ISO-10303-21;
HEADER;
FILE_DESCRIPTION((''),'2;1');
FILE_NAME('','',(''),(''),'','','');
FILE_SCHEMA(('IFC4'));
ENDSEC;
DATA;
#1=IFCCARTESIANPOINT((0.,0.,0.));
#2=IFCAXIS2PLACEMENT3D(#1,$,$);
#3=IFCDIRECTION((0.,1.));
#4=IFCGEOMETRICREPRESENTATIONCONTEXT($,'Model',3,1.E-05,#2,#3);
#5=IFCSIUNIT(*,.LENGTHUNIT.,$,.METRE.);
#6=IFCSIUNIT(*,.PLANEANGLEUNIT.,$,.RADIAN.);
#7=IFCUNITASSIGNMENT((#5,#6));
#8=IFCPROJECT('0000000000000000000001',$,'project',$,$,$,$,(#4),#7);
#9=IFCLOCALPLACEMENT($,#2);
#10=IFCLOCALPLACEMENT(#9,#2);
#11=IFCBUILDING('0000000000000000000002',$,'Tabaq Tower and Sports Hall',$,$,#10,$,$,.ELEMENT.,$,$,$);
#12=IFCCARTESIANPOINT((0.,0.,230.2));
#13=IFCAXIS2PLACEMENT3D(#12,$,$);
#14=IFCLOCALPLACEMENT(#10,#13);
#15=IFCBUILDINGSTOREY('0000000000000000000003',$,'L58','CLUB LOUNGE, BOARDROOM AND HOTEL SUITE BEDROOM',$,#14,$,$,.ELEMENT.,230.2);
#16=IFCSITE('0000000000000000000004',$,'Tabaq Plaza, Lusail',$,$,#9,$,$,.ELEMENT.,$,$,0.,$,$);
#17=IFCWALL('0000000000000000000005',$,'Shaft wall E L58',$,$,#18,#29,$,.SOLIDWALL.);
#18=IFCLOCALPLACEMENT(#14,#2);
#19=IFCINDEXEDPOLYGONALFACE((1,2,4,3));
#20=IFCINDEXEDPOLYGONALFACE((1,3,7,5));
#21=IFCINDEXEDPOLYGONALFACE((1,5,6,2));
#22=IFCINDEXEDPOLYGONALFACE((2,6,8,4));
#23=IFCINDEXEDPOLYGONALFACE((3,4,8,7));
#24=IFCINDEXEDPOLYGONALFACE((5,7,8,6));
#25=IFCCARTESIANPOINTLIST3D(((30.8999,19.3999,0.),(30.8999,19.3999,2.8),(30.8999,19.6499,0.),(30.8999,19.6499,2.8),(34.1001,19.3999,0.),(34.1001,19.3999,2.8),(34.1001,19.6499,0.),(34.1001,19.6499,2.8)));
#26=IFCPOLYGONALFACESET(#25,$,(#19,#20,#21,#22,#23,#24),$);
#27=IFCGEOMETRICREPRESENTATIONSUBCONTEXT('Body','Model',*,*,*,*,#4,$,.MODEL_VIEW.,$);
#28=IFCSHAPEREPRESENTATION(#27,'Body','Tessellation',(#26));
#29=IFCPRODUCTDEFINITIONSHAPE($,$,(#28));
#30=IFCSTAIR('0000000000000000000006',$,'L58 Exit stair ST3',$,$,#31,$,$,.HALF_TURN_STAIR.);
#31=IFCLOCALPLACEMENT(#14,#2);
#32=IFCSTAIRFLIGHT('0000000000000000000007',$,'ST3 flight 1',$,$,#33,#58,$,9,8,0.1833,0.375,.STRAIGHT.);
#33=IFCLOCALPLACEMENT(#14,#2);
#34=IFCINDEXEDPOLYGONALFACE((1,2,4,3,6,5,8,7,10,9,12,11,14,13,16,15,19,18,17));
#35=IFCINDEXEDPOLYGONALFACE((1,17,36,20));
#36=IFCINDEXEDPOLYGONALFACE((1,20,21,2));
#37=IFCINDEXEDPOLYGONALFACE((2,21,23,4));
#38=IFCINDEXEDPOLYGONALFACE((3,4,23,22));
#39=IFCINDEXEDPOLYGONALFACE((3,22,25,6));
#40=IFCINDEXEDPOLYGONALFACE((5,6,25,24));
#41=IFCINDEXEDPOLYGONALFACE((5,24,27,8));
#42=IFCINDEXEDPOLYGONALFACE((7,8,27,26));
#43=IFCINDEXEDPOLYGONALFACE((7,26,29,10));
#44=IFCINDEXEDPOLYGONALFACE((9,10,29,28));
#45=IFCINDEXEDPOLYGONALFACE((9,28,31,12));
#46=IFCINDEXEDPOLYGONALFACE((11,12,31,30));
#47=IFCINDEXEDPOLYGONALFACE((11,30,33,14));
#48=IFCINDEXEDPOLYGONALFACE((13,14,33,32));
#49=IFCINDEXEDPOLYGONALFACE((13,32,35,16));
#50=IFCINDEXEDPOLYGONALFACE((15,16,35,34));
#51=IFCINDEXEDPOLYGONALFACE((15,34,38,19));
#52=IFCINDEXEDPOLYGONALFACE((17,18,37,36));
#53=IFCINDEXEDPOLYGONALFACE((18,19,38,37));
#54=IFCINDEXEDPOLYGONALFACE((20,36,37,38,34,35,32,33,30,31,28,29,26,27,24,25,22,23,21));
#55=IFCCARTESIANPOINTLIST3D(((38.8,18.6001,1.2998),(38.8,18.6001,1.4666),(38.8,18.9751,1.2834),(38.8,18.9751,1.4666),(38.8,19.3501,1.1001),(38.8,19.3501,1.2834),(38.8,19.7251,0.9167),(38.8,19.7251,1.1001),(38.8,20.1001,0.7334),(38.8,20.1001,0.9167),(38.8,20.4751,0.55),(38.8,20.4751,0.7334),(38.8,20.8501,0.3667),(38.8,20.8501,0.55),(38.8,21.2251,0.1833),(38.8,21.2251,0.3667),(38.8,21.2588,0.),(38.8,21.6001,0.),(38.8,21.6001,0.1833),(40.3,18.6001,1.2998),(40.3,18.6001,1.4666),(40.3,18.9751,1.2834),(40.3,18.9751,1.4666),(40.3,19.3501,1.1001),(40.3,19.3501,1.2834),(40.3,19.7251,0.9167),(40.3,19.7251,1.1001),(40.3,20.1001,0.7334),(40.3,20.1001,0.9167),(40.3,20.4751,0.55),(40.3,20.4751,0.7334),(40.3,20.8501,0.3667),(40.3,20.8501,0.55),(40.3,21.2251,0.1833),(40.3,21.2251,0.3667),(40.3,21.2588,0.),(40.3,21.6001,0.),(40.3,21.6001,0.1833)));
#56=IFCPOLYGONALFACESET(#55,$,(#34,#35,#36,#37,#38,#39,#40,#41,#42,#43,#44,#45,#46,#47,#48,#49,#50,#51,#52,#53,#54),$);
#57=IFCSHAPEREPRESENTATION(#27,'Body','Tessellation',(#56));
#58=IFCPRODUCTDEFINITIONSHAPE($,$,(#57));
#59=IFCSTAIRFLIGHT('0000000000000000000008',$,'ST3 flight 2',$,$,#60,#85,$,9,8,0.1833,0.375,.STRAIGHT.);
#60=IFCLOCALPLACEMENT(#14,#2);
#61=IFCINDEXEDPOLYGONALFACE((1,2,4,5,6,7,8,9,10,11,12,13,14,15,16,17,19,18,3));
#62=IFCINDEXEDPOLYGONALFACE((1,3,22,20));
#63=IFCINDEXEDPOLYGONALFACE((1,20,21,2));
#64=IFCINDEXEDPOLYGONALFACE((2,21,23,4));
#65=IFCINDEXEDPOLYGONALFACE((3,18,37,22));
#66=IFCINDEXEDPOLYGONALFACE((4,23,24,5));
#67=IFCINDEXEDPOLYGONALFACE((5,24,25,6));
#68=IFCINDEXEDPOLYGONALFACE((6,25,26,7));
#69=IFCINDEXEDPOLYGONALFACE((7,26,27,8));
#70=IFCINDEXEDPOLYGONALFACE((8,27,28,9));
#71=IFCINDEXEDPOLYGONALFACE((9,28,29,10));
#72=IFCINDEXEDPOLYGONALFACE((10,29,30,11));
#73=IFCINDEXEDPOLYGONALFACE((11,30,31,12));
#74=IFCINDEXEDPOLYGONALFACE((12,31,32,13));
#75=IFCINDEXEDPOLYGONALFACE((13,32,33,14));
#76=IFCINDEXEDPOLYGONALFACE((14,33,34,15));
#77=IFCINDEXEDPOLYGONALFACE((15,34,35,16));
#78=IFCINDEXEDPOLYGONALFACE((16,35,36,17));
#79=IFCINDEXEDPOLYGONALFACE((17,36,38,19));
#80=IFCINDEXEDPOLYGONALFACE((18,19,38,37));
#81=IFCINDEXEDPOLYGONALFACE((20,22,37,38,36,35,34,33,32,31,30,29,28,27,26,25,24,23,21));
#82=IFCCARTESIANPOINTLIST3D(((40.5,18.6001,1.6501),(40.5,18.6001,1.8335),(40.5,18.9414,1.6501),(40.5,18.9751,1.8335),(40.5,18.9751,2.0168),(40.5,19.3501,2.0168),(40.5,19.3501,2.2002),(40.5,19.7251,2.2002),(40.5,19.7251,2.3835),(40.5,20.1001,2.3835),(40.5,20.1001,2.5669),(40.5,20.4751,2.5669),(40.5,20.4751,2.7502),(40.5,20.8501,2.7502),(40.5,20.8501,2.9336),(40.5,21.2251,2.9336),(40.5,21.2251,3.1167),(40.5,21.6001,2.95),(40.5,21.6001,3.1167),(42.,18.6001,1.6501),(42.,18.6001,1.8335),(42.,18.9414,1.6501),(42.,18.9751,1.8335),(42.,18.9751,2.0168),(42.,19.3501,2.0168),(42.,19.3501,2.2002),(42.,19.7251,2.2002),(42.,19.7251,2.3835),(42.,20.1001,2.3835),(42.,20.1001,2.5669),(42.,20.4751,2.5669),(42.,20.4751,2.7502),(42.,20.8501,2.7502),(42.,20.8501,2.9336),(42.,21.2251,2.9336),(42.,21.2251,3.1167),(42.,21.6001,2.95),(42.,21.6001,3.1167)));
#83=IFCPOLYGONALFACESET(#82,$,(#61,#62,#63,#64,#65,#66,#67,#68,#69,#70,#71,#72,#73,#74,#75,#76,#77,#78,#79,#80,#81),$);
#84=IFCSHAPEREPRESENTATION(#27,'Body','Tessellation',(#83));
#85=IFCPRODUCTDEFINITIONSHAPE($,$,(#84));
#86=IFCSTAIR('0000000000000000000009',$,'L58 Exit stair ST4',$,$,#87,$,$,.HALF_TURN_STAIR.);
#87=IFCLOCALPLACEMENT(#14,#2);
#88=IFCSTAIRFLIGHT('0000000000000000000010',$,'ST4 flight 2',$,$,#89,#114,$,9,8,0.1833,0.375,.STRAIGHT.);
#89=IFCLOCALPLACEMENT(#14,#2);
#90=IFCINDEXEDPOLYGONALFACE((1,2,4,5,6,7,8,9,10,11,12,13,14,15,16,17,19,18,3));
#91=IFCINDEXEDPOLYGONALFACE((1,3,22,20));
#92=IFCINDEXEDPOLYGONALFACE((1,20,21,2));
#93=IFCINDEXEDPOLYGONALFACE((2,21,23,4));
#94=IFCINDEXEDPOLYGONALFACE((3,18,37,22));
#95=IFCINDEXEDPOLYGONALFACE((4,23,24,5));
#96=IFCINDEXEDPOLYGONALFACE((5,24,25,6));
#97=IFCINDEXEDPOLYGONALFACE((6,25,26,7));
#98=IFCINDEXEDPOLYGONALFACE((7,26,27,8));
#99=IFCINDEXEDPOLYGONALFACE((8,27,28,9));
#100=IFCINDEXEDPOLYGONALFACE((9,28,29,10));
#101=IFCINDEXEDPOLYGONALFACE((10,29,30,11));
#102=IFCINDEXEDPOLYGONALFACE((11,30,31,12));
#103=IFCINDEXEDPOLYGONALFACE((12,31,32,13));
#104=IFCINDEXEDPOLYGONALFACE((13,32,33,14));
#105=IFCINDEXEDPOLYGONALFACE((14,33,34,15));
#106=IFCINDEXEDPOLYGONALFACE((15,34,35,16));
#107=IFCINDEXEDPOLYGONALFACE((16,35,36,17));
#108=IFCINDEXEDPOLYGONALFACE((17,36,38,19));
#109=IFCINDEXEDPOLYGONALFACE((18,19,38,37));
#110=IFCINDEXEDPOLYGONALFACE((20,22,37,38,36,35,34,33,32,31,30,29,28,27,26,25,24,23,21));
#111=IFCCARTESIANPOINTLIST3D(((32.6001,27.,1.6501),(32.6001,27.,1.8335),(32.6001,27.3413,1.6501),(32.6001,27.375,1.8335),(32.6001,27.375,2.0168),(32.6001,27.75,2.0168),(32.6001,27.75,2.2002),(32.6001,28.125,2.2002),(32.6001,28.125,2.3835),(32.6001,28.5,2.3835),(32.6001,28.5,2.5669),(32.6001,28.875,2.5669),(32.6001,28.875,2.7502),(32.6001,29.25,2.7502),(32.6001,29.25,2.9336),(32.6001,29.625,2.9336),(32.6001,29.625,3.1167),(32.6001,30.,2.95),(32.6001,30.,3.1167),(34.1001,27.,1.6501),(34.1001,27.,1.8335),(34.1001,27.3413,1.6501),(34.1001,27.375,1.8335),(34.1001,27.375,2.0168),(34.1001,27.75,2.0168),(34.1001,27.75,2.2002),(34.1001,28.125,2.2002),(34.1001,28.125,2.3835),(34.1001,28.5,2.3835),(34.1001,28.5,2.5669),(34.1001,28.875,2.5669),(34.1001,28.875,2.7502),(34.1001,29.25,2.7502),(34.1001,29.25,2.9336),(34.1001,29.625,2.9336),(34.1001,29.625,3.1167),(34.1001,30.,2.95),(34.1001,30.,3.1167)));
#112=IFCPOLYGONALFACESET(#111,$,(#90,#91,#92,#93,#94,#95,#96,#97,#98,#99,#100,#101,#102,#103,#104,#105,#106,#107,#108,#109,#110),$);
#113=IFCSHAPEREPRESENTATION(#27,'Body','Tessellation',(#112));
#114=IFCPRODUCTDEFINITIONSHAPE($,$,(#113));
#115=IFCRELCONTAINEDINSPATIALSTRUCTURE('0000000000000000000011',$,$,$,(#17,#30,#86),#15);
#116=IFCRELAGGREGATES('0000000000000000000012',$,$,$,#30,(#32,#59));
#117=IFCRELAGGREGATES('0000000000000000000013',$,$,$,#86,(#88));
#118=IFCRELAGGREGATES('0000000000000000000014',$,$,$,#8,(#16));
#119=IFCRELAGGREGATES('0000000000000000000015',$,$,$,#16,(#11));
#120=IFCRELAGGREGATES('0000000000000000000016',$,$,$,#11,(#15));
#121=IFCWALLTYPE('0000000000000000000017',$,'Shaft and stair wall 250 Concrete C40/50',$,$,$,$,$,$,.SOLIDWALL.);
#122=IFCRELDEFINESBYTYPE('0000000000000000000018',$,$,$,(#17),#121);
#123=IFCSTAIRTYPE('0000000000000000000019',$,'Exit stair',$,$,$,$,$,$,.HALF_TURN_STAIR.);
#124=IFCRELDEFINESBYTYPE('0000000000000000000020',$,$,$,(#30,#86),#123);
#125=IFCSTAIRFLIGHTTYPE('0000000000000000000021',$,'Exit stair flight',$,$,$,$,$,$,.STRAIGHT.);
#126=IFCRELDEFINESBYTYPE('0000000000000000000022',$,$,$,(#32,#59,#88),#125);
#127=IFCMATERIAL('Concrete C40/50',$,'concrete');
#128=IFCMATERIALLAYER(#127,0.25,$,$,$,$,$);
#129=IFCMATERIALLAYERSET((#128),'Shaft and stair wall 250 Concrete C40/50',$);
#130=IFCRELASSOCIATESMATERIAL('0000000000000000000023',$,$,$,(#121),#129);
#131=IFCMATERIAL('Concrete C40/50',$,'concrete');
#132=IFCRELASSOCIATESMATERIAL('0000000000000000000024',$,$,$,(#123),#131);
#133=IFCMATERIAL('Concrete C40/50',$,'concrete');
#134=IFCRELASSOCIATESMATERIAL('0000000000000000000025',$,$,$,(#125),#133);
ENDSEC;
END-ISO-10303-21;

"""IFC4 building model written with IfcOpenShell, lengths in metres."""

from ifc_helpers import new_model, si_unit, direction, frame, frame_2d, origin, place, context, subcontext, project, spatial, polyline, rectangle, outline, extrude, material, layer, layer_set, type_object, element, aggregate, save


model = new_model("IFC4")

# Units and contexts
model_context = context("Model", 3, precision=1e-05, world=origin(), true_north=direction((0.0, 1.0)))
body_context = subcontext(model_context, "Body", "Model", "MODEL_VIEW")
ifc_project = project(units=[si_unit("LENGTHUNIT", "METRE"), si_unit("PLANEANGLEUNIT", "RADIAN")], contexts=[model_context])

# Site, building, storey
site_placement = place(None, origin())
site = spatial("IfcSite", under=ifc_project, at=site_placement, Name="Tabaq Plaza, Lusail", CompositionType="ELEMENT", RefElevation=0.0)
building_placement = place(site_placement, origin())
building = spatial("IfcBuilding", under=site, at=building_placement, Name="Tabaq Tower and Sports Hall", CompositionType="ELEMENT")
storey_placement = place(building_placement, frame((0.0, 0.0, 230.2)))
storey = spatial("IfcBuildingStorey", under=building, at=storey_placement, Name="L58", Description="CLUB LOUNGE, BOARDROOM AND HOTEL SUITE BEDROOM", CompositionType="ELEMENT", Elevation=230.2)

# Shared definitions
ifc_material_1 = material(Name="Concrete C40/50", Category="concrete")
ifc_layer_1 = layer(ifc_material_1, 0.25)
ifc_layer_set_1 = layer_set([ifc_layer_1], Name="Shaft and stair wall 250 Concrete C40/50")
wall_type_1 = type_object("IfcWallType", Name="Shaft and stair wall 250 Concrete C40/50", PredefinedType="SOLIDWALL", material=ifc_layer_set_1)

# Wall
wall_1_placement = place(storey_placement, frame((30.8999, 19.5249, 0.0), z_axis=(0.0, 0.0, 1.0), x_axis=(1.0, 0.0, 0.0)))
element("IfcWall", 1, at=wall_1_placement, inside=storey, type_object=wall_type_1, Name="Shaft wall E L58", PredefinedType="SOLIDWALL", context=body_context, shape_type="SweptSolid", body=[
    extrude(rectangle(XDim=3.2002, YDim=0.25, at=frame_2d((1.6001, 0.0))), origin(), (0.0, 0.0, 1.0), 2.8),
])

# Stair, stair flights
ifc_material_2 = material(Name="Concrete C40/50", Category="concrete")
stair_type = type_object("IfcStairType", Name="Exit stair", PredefinedType="HALF_TURN_STAIR", material=ifc_material_2)
stair_1_placement = place(storey_placement, origin())
stair_1 = element("IfcStair", 2, at=stair_1_placement, inside=storey, type_object=stair_type, Name="L58 Exit stair ST3", PredefinedType="HALF_TURN_STAIR")
ifc_material_3 = material(Name="Concrete C40/50", Category="concrete")
stair_flight_type = type_object("IfcStairFlightType", Name="Exit stair flight", PredefinedType="STRAIGHT", material=ifc_material_3)
stair_flight_1_placement = place(storey_placement, frame((39.55, 21.6001, 0.0), z_axis=(0.0, 0.0, 1.0), x_axis=(0.0, -1.0, 0.0)))
stair_flight_1 = element("IfcStairFlight", 3, at=stair_flight_1_placement, type_object=stair_flight_type, Name="ST3 flight 1", NumberOfRisers=9, NumberOfTreads=8, PredefinedType="STRAIGHT", RiserHeight=0.1833, TreadLength=0.375, context=body_context, shape_type="SweptSolid", body=[
    extrude(outline(polyline([(0.0, 0.0), (0.0, 0.1833), (0.375, 0.1833), (0.375, 0.3667), (0.75, 0.3667), (0.75, 0.55), (1.125, 0.55), (1.125, 0.7334), (1.5, 0.7334), (1.5, 0.9167), (1.875, 0.9167), (1.875, 1.1001), (2.25, 1.1001), (2.25, 1.2834), (2.625, 1.2834), (2.625, 1.4666), (3.0, 1.4666), (3.0, 1.6499), (3.0, 1.2998), (0.3413, 0.0), (0.0, 0.0)])), frame((0.0, 0.75, 0.0), z_axis=(0.0, -1.0, 0.0), x_axis=(1.0, 0.0, 0.0)), (0.0, 0.0, 1.0), 1.5),
])
stair_flight_2_placement = place(storey_placement, frame((41.25, 18.6001, 1.6501), z_axis=(0.0, 0.0, 1.0), x_axis=(0.0, 1.0, 0.0)))
stair_flight_2 = element("IfcStairFlight", 4, at=stair_flight_2_placement, type_object=stair_flight_type, Name="ST3 flight 2", NumberOfRisers=9, NumberOfTreads=8, PredefinedType="STRAIGHT", RiserHeight=0.1833, TreadLength=0.375, context=body_context, shape_type="SweptSolid", body=[
    extrude(outline(polyline([(0.0, 0.0), (0.0, 0.1833), (0.375, 0.1833), (0.375, 0.3667), (0.75, 0.3667), (0.75, 0.55), (1.125, 0.55), (1.125, 0.7334), (1.5, 0.7334), (1.5, 0.9167), (1.875, 0.9167), (1.875, 1.1001), (2.25, 1.1001), (2.25, 1.2834), (2.625, 1.2834), (2.625, 1.4666), (3.0, 1.4666), (3.0, 1.6499), (3.0, 1.2998), (0.3413, 0.0), (0.0, 0.0)])), frame((0.0, 0.75, 0.0), z_axis=(0.0, -1.0, 0.0), x_axis=(1.0, 0.0, 0.0)), (0.0, 0.0, 1.0), 1.5),
])
aggregate(stair_1, [stair_flight_1, stair_flight_2])

# Stair, stair flight
stair_2_placement = place(storey_placement, origin())
stair_2 = element("IfcStair", 5, at=stair_2_placement, inside=storey, type_object=stair_type, Name="L58 Exit stair ST4", PredefinedType="HALF_TURN_STAIR")
stair_flight_3_placement = place(storey_placement, frame((33.3501, 27.0, 1.6501), z_axis=(0.0, 0.0, 1.0), x_axis=(0.0, 1.0, 0.0)))
stair_flight_3 = element("IfcStairFlight", 6, at=stair_flight_3_placement, type_object=stair_flight_type, Name="ST4 flight 2", NumberOfRisers=9, NumberOfTreads=8, PredefinedType="STRAIGHT", RiserHeight=0.1833, TreadLength=0.375, context=body_context, shape_type="SweptSolid", body=[
    extrude(outline(polyline([(0.0, 0.0), (0.0, 0.1833), (0.375, 0.1833), (0.375, 0.3667), (0.75, 0.3667), (0.75, 0.55), (1.125, 0.55), (1.125, 0.7334), (1.5, 0.7334), (1.5, 0.9167), (1.875, 0.9167), (1.875, 1.1001), (2.25, 1.1001), (2.25, 1.2834), (2.625, 1.2834), (2.625, 1.4666), (3.0, 1.4666), (3.0, 1.6499), (3.0, 1.2998), (0.3413, 0.0), (0.0, 0.0)])), frame((0.0, 0.75, 0.0), z_axis=(0.0, -1.0, 0.0), x_axis=(1.0, 0.0, 0.0)), (0.0, 0.0, 1.0), 1.5),
])
aggregate(stair_2, [stair_flight_3])

save(model, "model.ifc")
